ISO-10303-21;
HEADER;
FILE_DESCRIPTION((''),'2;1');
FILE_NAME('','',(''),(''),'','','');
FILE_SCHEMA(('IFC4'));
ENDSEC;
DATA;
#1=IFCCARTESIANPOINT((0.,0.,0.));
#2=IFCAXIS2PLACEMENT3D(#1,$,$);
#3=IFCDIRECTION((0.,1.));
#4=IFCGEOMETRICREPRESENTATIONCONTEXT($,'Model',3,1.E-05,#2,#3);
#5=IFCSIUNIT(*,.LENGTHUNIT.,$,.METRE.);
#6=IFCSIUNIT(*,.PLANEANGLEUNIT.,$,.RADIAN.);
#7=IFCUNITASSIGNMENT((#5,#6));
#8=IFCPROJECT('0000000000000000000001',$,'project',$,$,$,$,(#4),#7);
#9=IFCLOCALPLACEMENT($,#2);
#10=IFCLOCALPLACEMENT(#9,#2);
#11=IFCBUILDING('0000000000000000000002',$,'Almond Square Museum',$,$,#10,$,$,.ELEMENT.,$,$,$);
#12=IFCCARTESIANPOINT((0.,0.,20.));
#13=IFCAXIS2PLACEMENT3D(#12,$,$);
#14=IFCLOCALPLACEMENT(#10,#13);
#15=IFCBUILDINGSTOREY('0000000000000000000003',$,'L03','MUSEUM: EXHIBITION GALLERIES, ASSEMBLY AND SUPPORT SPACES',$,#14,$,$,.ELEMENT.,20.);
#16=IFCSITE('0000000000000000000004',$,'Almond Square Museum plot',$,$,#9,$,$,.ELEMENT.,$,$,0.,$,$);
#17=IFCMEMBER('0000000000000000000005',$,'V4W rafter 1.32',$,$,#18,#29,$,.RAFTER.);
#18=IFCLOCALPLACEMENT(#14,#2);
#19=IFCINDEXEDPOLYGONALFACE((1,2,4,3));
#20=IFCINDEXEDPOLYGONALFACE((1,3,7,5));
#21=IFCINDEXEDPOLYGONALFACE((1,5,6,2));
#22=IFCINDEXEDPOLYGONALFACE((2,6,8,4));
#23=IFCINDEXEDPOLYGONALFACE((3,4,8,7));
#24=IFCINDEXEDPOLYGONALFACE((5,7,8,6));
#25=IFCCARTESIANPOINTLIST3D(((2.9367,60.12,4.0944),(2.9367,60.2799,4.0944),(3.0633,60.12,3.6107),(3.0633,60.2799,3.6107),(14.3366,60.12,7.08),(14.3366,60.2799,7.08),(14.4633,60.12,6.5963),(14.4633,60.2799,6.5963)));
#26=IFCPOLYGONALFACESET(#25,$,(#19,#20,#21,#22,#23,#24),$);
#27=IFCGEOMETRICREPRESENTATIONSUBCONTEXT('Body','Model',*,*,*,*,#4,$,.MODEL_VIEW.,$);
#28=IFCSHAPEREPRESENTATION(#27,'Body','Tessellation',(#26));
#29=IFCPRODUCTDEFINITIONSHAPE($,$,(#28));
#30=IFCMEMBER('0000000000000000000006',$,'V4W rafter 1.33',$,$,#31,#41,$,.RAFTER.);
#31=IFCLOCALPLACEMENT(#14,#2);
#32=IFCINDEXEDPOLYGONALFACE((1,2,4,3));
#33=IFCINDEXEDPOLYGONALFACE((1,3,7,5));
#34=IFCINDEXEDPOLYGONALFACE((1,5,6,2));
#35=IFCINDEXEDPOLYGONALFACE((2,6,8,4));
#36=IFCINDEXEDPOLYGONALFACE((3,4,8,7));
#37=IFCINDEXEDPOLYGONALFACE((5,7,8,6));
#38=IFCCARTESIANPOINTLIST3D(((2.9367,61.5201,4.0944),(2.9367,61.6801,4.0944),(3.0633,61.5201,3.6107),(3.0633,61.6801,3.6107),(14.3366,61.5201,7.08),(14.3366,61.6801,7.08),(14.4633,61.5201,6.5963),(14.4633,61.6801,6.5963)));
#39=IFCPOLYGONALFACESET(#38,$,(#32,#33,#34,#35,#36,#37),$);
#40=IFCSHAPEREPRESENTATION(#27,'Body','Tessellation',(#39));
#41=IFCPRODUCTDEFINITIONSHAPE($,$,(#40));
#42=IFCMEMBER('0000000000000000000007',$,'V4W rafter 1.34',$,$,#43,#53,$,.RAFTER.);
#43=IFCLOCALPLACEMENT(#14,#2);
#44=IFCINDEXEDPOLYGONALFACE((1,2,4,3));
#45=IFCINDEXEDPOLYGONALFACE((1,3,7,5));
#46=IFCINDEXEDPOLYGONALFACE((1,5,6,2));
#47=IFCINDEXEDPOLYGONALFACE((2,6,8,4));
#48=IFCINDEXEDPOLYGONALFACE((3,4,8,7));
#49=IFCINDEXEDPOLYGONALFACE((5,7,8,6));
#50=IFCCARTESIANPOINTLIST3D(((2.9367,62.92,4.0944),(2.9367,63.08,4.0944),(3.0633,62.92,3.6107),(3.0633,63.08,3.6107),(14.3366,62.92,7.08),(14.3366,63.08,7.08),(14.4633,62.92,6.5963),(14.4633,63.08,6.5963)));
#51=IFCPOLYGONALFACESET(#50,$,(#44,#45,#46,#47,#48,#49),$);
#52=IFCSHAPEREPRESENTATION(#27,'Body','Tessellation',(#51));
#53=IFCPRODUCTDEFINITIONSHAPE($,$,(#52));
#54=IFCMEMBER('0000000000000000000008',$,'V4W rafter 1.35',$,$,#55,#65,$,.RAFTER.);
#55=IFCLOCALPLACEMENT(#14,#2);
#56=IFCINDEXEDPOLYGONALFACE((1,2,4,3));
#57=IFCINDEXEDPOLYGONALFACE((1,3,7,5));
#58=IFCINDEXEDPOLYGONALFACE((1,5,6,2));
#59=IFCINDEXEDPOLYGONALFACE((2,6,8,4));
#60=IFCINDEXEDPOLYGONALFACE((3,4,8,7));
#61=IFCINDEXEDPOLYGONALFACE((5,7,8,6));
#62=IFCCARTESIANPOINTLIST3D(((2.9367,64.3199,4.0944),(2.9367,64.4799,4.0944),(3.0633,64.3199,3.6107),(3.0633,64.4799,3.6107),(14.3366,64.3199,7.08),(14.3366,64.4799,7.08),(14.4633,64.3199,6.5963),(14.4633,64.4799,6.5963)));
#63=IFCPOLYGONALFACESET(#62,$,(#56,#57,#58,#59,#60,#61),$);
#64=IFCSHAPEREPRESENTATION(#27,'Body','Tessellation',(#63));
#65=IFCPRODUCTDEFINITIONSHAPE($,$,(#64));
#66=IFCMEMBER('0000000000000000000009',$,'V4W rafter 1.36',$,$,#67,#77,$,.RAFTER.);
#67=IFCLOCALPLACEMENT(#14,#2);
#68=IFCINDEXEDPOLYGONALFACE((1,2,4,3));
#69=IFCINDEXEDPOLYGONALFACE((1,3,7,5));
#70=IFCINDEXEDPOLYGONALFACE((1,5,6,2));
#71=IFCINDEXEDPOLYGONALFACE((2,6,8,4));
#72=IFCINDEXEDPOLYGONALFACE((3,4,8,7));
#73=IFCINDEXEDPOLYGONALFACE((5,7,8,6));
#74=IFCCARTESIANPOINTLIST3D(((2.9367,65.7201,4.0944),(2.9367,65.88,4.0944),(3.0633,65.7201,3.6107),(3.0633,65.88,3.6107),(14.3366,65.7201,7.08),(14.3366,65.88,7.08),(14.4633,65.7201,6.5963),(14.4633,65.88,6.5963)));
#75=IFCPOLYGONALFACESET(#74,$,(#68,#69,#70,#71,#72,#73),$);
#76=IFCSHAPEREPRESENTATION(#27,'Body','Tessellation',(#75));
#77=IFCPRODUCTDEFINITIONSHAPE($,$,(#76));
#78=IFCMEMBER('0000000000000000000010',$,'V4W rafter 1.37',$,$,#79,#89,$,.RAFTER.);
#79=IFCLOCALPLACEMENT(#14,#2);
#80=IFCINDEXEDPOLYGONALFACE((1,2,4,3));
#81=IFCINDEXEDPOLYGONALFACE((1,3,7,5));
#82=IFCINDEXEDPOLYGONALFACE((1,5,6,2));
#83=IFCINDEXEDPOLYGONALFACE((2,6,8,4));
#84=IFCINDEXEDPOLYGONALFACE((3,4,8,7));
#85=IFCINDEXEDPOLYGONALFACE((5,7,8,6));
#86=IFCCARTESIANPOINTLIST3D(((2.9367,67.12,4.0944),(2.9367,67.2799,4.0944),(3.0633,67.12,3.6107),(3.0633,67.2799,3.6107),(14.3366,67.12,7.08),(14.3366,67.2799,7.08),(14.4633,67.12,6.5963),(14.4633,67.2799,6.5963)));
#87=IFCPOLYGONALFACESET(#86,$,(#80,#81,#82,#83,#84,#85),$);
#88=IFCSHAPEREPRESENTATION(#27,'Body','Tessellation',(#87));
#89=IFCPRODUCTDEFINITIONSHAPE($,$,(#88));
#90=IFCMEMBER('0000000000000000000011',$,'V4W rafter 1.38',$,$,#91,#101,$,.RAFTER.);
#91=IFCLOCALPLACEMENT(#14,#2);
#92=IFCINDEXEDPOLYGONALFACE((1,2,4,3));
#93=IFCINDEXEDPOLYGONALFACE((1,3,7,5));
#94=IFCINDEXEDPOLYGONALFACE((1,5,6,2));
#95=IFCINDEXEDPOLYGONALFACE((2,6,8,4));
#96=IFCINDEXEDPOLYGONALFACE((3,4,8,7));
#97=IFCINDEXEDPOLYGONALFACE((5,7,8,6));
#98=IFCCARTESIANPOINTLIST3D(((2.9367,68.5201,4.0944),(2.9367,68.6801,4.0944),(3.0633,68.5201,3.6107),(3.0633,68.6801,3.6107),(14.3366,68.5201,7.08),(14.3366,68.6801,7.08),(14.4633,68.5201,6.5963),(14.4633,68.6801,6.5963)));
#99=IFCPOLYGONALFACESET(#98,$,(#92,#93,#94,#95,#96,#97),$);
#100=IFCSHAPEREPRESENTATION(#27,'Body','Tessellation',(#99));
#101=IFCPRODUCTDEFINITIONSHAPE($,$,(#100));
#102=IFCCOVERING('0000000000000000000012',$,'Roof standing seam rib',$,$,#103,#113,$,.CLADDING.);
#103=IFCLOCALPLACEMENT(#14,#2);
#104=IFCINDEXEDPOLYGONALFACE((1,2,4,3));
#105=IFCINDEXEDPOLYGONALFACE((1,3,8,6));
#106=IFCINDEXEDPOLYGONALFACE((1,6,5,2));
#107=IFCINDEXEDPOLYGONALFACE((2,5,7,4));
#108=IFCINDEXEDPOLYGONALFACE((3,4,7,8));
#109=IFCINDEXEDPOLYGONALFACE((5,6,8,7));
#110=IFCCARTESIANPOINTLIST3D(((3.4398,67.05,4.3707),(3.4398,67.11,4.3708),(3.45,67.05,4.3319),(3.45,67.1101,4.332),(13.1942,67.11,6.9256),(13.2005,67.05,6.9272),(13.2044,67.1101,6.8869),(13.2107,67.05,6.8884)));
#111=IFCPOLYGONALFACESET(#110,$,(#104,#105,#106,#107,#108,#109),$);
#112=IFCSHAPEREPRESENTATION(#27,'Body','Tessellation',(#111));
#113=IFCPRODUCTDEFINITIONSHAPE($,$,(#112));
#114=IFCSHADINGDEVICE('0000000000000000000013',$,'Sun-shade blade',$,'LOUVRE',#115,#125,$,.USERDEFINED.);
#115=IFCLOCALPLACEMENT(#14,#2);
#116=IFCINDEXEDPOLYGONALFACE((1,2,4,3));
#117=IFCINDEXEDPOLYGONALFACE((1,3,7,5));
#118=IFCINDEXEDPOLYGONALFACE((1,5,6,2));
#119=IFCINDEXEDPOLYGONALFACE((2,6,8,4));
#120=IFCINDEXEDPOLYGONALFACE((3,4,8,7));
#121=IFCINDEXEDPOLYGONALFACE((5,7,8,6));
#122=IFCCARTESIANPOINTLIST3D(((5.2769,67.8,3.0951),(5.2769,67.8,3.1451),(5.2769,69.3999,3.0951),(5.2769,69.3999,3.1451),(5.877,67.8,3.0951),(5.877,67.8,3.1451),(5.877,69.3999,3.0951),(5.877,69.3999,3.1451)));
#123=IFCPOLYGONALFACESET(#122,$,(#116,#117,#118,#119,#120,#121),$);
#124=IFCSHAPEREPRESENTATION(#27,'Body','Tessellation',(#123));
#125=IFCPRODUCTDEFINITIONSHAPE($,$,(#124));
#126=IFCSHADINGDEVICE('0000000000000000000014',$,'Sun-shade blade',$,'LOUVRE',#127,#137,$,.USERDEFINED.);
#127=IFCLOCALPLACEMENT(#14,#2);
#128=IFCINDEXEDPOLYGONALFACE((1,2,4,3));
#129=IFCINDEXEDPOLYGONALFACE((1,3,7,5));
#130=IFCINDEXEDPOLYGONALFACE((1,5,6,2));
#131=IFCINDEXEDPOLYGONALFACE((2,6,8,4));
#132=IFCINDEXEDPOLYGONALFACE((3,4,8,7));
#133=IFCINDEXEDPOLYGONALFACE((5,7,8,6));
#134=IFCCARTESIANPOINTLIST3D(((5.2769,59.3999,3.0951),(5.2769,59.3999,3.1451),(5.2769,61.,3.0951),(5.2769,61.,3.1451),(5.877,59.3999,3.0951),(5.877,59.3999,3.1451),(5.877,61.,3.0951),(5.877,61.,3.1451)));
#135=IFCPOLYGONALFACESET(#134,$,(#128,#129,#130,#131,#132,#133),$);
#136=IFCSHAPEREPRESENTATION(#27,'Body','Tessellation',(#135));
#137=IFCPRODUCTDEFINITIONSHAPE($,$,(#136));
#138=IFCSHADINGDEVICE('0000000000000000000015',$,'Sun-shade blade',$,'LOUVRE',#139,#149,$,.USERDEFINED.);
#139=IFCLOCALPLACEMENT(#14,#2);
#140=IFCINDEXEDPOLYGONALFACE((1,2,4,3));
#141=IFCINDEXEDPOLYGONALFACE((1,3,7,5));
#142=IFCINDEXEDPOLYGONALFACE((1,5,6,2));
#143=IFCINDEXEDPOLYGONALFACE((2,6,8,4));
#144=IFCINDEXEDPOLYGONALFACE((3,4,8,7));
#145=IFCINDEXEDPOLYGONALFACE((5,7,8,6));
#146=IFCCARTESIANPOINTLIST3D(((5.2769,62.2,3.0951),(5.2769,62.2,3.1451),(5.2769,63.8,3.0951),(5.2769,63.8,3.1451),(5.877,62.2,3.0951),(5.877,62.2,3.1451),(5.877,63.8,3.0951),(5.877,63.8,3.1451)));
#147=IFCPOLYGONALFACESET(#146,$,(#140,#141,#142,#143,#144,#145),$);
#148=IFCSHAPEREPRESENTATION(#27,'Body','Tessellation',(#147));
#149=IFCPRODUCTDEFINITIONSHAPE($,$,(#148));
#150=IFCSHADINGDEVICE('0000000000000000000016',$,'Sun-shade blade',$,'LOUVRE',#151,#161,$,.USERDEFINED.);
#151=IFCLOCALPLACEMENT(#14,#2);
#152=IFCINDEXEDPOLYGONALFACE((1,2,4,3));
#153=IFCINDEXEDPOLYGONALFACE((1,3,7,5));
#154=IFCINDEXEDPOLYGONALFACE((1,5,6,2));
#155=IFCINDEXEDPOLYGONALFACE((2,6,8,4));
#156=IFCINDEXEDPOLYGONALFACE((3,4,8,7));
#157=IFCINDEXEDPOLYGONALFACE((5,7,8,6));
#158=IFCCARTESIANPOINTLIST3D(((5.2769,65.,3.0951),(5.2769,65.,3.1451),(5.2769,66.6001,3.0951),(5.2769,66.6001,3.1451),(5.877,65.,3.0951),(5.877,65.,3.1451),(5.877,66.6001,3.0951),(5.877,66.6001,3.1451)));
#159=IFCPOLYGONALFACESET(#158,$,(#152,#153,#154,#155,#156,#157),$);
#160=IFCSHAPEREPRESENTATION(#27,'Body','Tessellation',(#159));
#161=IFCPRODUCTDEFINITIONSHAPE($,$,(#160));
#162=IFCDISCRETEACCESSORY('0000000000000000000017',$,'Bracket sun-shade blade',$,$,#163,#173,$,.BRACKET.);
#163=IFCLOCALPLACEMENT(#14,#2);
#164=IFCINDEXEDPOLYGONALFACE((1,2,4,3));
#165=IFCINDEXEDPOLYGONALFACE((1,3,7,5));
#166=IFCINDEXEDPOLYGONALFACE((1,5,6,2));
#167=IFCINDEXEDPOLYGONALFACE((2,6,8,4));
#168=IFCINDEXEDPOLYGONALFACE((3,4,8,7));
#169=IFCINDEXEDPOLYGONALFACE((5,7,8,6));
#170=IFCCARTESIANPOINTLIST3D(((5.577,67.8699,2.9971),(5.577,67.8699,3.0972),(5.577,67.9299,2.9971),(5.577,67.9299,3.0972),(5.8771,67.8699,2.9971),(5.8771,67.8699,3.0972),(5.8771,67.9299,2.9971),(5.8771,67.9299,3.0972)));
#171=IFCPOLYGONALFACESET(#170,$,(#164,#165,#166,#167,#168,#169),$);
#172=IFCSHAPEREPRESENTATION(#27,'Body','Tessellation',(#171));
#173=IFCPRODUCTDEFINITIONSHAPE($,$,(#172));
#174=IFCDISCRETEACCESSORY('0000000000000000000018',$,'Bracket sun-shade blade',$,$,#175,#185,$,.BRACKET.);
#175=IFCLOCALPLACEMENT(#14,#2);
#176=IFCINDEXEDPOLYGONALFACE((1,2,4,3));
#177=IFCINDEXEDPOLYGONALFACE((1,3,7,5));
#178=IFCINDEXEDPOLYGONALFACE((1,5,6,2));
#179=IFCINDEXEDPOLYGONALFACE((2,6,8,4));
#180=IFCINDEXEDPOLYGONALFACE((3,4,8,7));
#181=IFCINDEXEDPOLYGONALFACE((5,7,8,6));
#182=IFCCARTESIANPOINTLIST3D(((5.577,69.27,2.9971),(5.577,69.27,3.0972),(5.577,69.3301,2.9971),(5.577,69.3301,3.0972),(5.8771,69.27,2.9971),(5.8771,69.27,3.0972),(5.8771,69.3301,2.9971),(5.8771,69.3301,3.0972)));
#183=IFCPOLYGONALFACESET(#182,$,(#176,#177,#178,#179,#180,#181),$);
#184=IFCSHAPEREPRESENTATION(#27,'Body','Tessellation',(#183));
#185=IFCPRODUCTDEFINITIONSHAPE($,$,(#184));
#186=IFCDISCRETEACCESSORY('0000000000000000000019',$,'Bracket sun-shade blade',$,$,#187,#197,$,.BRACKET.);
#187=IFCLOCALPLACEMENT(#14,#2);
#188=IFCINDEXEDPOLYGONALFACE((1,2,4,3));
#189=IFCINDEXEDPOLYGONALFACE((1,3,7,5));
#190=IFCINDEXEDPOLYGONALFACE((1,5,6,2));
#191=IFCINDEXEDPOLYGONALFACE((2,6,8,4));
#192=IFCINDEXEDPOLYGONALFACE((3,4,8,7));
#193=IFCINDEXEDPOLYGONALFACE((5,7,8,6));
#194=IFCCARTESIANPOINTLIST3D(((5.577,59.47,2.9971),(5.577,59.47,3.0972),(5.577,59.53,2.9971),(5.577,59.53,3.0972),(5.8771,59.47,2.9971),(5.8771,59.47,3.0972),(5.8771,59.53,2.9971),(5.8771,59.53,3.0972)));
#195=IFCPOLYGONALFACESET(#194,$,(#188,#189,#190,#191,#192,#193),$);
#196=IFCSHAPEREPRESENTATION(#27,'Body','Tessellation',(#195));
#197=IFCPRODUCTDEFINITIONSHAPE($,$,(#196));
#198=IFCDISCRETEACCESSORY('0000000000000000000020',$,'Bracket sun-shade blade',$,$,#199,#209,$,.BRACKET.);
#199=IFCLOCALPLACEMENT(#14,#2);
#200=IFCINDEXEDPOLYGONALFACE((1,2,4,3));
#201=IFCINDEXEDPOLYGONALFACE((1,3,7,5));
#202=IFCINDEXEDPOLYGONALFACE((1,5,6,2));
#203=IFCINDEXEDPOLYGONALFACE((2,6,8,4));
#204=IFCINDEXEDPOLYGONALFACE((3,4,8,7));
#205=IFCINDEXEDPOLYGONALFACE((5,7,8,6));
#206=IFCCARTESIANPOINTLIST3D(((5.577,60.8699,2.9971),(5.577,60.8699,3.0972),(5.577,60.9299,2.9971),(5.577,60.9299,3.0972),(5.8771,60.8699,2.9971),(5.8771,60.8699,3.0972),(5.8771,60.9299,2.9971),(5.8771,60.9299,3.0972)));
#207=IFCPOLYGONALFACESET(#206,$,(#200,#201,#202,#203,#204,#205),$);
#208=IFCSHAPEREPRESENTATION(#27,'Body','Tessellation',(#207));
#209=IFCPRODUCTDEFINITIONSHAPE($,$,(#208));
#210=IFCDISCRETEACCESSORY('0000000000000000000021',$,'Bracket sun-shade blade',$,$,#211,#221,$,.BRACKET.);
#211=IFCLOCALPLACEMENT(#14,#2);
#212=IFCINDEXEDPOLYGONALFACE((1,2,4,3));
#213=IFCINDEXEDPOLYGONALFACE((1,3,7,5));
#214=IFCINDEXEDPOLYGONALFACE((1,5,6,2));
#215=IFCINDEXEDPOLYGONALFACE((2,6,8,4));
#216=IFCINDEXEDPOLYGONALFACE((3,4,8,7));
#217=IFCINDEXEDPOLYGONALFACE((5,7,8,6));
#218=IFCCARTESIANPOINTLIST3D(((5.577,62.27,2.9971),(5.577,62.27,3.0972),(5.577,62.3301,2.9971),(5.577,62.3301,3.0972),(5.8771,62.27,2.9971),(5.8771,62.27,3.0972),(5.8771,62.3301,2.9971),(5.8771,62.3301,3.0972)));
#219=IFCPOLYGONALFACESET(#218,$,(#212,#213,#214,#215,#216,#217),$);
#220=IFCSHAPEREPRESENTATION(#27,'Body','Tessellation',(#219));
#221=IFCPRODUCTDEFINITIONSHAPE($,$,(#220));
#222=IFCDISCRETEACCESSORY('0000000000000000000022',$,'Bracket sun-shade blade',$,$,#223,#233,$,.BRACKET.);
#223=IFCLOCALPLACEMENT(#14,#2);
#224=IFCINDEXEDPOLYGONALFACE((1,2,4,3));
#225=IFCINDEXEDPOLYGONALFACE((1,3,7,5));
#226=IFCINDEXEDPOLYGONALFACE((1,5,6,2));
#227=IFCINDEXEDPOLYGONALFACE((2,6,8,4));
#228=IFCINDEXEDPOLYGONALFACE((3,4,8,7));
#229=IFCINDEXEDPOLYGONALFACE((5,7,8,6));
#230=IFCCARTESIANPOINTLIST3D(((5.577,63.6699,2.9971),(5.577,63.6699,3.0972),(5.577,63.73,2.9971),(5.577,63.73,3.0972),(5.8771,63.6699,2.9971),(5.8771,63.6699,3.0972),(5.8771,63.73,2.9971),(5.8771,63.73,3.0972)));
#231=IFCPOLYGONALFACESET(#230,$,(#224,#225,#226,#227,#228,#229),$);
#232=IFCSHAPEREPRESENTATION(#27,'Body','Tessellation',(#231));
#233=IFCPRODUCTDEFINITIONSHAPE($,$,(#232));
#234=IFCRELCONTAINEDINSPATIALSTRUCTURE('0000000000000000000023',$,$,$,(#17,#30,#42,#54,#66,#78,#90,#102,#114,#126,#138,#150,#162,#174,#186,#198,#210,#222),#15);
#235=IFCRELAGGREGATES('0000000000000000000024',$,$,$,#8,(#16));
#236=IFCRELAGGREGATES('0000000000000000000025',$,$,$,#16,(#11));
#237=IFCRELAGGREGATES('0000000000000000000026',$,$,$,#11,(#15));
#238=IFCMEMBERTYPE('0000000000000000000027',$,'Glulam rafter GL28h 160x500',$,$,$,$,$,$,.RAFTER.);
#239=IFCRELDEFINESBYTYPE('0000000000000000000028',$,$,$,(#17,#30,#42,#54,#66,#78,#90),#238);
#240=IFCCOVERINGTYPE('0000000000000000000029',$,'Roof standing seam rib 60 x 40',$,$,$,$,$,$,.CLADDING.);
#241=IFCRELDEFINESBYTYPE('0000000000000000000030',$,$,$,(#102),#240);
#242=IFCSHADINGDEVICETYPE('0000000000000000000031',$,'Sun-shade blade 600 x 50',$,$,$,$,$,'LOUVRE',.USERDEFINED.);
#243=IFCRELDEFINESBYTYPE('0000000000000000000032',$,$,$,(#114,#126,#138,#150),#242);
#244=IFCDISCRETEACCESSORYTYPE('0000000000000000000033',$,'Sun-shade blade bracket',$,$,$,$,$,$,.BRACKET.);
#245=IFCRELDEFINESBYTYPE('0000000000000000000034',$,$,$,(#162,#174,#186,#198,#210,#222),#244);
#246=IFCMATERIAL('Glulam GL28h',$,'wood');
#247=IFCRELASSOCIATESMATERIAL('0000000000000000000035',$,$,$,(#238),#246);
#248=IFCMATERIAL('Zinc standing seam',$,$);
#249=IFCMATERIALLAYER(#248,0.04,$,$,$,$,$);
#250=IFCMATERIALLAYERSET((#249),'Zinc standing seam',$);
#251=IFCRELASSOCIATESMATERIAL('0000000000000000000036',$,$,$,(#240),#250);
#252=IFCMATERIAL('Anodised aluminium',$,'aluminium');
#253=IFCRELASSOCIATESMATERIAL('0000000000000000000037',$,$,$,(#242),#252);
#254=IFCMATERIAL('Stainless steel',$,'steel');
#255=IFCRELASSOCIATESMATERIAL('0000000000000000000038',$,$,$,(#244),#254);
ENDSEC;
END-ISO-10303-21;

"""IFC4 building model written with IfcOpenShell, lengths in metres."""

from ifc_helpers import new_model, si_unit, direction, frame, origin, origin_2d, place, context, subcontext, project, spatial, polyline, rectangle, outline, extrude, material, layer, layer_set, material_profile, profile_set, type_object, element, save


model = new_model("IFC4")

# Units and contexts
model_context = context("Model", 3, precision=1e-05, world=origin(), true_north=direction((0.0, 1.0)))
body_context = subcontext(model_context, "Body", "Model", "MODEL_VIEW")
ifc_project = project(units=[si_unit("LENGTHUNIT", "METRE"), si_unit("PLANEANGLEUNIT", "RADIAN")], contexts=[model_context])

# Site, building, storey
site_placement = place(None, origin())
site = spatial("IfcSite", under=ifc_project, at=site_placement, Name="Almond Square Museum plot", CompositionType="ELEMENT", RefElevation=0.0)
building_placement = place(site_placement, origin())
building = spatial("IfcBuilding", under=site, at=building_placement, Name="Almond Square Museum", CompositionType="ELEMENT")
storey_placement = place(building_placement, frame((0.0, 0.0, 20.0)))
storey = spatial("IfcBuildingStorey", under=building, at=storey_placement, Name="L03", Description="MUSEUM: EXHIBITION GALLERIES, ASSEMBLY AND SUPPORT SPACES", CompositionType="ELEMENT", Elevation=20.0)

# Members
ifc_material_1 = material(Name="Glulam GL28h", Category="wood")
ifc_material_profile_1 = material_profile(ifc_material_1, rectangle(XDim=0.1599, YDim=0.5, at=origin_2d()))
ifc_profile_set_1 = profile_set([ifc_material_profile_1], Name="Glulam GL28h")
member_type = type_object("IfcMemberType", Name="Glulam rafter GL28h 160x500", PredefinedType="RAFTER", material=ifc_profile_set_1)
for number, where, z_axis, x_axis, name in (
    (1, (3.0, 60.2, 3.8525), (0.967374, 0.0, 0.253352), (0.0, 1.0, 0.0), "V4W rafter 1.32"),
    (2, (3.0, 61.6001, 3.8525), (0.967374, 0.0, 0.253352), (0.0, 1.0, 0.0), "V4W rafter 1.33"),
    (3, (3.0, 63.0, 3.8525), (0.967374, 0.0, 0.253352), (0.0, 1.0, 0.0), "V4W rafter 1.34"),
    (4, (3.0, 64.3999, 3.8525), (0.967374, 0.0, 0.253352), (0.0, 1.0, 0.0), "V4W rafter 1.35"),
    (5, (3.0, 65.8, 3.8525), (0.967374, 0.0, 0.253352), (0.0, 1.0, 0.0), "V4W rafter 1.36"),
    (6, (3.0, 67.2, 3.8525), (0.967374, 0.0, 0.253352), (0.0, 1.0, 0.0), "V4W rafter 1.37"),
    (7, (3.0, 68.6001, 3.8525), (0.967374, 0.0, 0.253352), (0.0, 1.0, 0.0), "V4W rafter 1.38"),
):
    element("IfcMember", number, at=place(storey_placement, frame(where, z_axis=z_axis, x_axis=x_axis)), inside=storey, type_object=member_type, Name=name, PredefinedType="RAFTER", context=body_context, shape_type="SweptSolid", body=[
        extrude(rectangle(XDim=0.1599, YDim=0.5, at=origin_2d()), origin(), (0.0, 0.0, 1.0), 11.7844),
    ])

# Covering
ifc_material_2 = material(Name="Zinc standing seam")
ifc_layer = layer(ifc_material_2, 0.04)
ifc_layer_set = layer_set([ifc_layer], Name="Zinc standing seam")
covering_type = type_object("IfcCoveringType", Name="Roof standing seam rib 60 x 40", PredefinedType="CLADDING", material=ifc_layer_set)
covering_placement = place(storey_placement, frame((3.45, 67.1101, 4.332), z_axis=(-0.253369, -0.001592, 0.967368), x_axis=(0.000403, -0.999999, -0.00154)))
element("IfcCovering", 8, at=covering_placement, inside=storey, type_object=covering_type, Name="Roof standing seam rib", PredefinedType="CLADDING", context=body_context, shape_type="SweptSolid", body=[
    extrude(outline(polyline([(0.0, 0.0), (0.0601, 0.0), (0.0601, 10.09), (0.0, 10.0834), (0.0, 0.0)])), origin(), (0.0, 0.0, 1.0), 0.04),
])

# Shading devices
ifc_material_3 = material(Name="Anodised aluminium", Category="aluminium")
ifc_material_profile_2 = material_profile(ifc_material_3, rectangle(XDim=0.6001, YDim=0.05, at=origin_2d()))
ifc_profile_set_2 = profile_set([ifc_material_profile_2], Name="Anodised aluminium")
shading_device_type = type_object("IfcShadingDeviceType", Name="Sun-shade blade 600 x 50", ElementType="LOUVRE", PredefinedType="USERDEFINED", material=ifc_profile_set_2)
shading_device_placement = place(storey_placement, frame((5.5769, 67.8, 3.1201), z_axis=(0.0, 1.0, 0.0), x_axis=(-1.0, 0.0, 0.0)))
element("IfcShadingDevice", 9, at=shading_device_placement, inside=storey, type_object=shading_device_type, Name="Sun-shade blade", ObjectType="LOUVRE", PredefinedType="USERDEFINED", context=body_context, shape_type="SweptSolid", body=[
    extrude(rectangle(XDim=0.6001, YDim=0.05, at=origin_2d()), origin(), (0.0, 0.0, 1.0), 1.5999),
])
for number, where, z_axis, x_axis, name in (
    (10, (5.5769, 59.3999, 3.1201), (0.0, 1.0, 0.0), (-1.0, 0.0, 0.0), "Sun-shade blade"),
    (11, (5.5769, 62.2, 3.1201), (0.0, 1.0, 0.0), (-1.0, 0.0, 0.0), "Sun-shade blade"),
    (12, (5.5769, 65.0, 3.1201), (0.0, 1.0, 0.0), (-1.0, 0.0, 0.0), "Sun-shade blade"),
):
    element("IfcShadingDevice", number, at=place(storey_placement, frame(where, z_axis=z_axis, x_axis=x_axis)), inside=storey, type_object=shading_device_type, Name=name, ObjectType="LOUVRE", PredefinedType="USERDEFINED", context=body_context, shape_type="SweptSolid", body=[
        extrude(rectangle(XDim=0.6001, YDim=0.05, at=origin_2d()), origin(), (0.0, 0.0, 1.0), 1.6001),
    ])

# Discrete accessories
ifc_material_4 = material(Name="Stainless steel", Category="steel")
discrete_accessory_type = type_object("IfcDiscreteAccessoryType", Name="Sun-shade blade bracket", PredefinedType="BRACKET", material=ifc_material_4)
for number, where, z_axis, x_axis, name in (
    (13, (5.7271, 67.8999, 2.9971), (0.0, 0.0, 1.0), (1.0, 0.0, 0.0), "Bracket sun-shade blade"),
    (14, (5.7271, 69.3, 2.9971), (0.0, 0.0, 1.0), (1.0, 0.0, 0.0), "Bracket sun-shade blade"),
    (15, (5.7271, 59.5, 2.9971), (0.0, 0.0, 1.0), (1.0, 0.0, 0.0), "Bracket sun-shade blade"),
    (16, (5.7271, 60.8999, 2.9971), (0.0, 0.0, 1.0), (1.0, 0.0, 0.0), "Bracket sun-shade blade"),
    (17, (5.7271, 62.3, 2.9971), (0.0, 0.0, 1.0), (1.0, 0.0, 0.0), "Bracket sun-shade blade"),
    (18, (5.7271, 63.7, 2.9971), (0.0, 0.0, 1.0), (1.0, 0.0, 0.0), "Bracket sun-shade blade"),
):
    element("IfcDiscreteAccessory", number, at=place(storey_placement, frame(where, z_axis=z_axis, x_axis=x_axis)), inside=storey, type_object=discrete_accessory_type, Name=name, PredefinedType="BRACKET", context=body_context, shape_type="SweptSolid", body=[
        extrude(rectangle(XDim=0.3, YDim=0.0601, at=origin_2d()), origin(), (0.0, 0.0, 1.0), 0.1001),
    ])

save(model, "model.ifc")
